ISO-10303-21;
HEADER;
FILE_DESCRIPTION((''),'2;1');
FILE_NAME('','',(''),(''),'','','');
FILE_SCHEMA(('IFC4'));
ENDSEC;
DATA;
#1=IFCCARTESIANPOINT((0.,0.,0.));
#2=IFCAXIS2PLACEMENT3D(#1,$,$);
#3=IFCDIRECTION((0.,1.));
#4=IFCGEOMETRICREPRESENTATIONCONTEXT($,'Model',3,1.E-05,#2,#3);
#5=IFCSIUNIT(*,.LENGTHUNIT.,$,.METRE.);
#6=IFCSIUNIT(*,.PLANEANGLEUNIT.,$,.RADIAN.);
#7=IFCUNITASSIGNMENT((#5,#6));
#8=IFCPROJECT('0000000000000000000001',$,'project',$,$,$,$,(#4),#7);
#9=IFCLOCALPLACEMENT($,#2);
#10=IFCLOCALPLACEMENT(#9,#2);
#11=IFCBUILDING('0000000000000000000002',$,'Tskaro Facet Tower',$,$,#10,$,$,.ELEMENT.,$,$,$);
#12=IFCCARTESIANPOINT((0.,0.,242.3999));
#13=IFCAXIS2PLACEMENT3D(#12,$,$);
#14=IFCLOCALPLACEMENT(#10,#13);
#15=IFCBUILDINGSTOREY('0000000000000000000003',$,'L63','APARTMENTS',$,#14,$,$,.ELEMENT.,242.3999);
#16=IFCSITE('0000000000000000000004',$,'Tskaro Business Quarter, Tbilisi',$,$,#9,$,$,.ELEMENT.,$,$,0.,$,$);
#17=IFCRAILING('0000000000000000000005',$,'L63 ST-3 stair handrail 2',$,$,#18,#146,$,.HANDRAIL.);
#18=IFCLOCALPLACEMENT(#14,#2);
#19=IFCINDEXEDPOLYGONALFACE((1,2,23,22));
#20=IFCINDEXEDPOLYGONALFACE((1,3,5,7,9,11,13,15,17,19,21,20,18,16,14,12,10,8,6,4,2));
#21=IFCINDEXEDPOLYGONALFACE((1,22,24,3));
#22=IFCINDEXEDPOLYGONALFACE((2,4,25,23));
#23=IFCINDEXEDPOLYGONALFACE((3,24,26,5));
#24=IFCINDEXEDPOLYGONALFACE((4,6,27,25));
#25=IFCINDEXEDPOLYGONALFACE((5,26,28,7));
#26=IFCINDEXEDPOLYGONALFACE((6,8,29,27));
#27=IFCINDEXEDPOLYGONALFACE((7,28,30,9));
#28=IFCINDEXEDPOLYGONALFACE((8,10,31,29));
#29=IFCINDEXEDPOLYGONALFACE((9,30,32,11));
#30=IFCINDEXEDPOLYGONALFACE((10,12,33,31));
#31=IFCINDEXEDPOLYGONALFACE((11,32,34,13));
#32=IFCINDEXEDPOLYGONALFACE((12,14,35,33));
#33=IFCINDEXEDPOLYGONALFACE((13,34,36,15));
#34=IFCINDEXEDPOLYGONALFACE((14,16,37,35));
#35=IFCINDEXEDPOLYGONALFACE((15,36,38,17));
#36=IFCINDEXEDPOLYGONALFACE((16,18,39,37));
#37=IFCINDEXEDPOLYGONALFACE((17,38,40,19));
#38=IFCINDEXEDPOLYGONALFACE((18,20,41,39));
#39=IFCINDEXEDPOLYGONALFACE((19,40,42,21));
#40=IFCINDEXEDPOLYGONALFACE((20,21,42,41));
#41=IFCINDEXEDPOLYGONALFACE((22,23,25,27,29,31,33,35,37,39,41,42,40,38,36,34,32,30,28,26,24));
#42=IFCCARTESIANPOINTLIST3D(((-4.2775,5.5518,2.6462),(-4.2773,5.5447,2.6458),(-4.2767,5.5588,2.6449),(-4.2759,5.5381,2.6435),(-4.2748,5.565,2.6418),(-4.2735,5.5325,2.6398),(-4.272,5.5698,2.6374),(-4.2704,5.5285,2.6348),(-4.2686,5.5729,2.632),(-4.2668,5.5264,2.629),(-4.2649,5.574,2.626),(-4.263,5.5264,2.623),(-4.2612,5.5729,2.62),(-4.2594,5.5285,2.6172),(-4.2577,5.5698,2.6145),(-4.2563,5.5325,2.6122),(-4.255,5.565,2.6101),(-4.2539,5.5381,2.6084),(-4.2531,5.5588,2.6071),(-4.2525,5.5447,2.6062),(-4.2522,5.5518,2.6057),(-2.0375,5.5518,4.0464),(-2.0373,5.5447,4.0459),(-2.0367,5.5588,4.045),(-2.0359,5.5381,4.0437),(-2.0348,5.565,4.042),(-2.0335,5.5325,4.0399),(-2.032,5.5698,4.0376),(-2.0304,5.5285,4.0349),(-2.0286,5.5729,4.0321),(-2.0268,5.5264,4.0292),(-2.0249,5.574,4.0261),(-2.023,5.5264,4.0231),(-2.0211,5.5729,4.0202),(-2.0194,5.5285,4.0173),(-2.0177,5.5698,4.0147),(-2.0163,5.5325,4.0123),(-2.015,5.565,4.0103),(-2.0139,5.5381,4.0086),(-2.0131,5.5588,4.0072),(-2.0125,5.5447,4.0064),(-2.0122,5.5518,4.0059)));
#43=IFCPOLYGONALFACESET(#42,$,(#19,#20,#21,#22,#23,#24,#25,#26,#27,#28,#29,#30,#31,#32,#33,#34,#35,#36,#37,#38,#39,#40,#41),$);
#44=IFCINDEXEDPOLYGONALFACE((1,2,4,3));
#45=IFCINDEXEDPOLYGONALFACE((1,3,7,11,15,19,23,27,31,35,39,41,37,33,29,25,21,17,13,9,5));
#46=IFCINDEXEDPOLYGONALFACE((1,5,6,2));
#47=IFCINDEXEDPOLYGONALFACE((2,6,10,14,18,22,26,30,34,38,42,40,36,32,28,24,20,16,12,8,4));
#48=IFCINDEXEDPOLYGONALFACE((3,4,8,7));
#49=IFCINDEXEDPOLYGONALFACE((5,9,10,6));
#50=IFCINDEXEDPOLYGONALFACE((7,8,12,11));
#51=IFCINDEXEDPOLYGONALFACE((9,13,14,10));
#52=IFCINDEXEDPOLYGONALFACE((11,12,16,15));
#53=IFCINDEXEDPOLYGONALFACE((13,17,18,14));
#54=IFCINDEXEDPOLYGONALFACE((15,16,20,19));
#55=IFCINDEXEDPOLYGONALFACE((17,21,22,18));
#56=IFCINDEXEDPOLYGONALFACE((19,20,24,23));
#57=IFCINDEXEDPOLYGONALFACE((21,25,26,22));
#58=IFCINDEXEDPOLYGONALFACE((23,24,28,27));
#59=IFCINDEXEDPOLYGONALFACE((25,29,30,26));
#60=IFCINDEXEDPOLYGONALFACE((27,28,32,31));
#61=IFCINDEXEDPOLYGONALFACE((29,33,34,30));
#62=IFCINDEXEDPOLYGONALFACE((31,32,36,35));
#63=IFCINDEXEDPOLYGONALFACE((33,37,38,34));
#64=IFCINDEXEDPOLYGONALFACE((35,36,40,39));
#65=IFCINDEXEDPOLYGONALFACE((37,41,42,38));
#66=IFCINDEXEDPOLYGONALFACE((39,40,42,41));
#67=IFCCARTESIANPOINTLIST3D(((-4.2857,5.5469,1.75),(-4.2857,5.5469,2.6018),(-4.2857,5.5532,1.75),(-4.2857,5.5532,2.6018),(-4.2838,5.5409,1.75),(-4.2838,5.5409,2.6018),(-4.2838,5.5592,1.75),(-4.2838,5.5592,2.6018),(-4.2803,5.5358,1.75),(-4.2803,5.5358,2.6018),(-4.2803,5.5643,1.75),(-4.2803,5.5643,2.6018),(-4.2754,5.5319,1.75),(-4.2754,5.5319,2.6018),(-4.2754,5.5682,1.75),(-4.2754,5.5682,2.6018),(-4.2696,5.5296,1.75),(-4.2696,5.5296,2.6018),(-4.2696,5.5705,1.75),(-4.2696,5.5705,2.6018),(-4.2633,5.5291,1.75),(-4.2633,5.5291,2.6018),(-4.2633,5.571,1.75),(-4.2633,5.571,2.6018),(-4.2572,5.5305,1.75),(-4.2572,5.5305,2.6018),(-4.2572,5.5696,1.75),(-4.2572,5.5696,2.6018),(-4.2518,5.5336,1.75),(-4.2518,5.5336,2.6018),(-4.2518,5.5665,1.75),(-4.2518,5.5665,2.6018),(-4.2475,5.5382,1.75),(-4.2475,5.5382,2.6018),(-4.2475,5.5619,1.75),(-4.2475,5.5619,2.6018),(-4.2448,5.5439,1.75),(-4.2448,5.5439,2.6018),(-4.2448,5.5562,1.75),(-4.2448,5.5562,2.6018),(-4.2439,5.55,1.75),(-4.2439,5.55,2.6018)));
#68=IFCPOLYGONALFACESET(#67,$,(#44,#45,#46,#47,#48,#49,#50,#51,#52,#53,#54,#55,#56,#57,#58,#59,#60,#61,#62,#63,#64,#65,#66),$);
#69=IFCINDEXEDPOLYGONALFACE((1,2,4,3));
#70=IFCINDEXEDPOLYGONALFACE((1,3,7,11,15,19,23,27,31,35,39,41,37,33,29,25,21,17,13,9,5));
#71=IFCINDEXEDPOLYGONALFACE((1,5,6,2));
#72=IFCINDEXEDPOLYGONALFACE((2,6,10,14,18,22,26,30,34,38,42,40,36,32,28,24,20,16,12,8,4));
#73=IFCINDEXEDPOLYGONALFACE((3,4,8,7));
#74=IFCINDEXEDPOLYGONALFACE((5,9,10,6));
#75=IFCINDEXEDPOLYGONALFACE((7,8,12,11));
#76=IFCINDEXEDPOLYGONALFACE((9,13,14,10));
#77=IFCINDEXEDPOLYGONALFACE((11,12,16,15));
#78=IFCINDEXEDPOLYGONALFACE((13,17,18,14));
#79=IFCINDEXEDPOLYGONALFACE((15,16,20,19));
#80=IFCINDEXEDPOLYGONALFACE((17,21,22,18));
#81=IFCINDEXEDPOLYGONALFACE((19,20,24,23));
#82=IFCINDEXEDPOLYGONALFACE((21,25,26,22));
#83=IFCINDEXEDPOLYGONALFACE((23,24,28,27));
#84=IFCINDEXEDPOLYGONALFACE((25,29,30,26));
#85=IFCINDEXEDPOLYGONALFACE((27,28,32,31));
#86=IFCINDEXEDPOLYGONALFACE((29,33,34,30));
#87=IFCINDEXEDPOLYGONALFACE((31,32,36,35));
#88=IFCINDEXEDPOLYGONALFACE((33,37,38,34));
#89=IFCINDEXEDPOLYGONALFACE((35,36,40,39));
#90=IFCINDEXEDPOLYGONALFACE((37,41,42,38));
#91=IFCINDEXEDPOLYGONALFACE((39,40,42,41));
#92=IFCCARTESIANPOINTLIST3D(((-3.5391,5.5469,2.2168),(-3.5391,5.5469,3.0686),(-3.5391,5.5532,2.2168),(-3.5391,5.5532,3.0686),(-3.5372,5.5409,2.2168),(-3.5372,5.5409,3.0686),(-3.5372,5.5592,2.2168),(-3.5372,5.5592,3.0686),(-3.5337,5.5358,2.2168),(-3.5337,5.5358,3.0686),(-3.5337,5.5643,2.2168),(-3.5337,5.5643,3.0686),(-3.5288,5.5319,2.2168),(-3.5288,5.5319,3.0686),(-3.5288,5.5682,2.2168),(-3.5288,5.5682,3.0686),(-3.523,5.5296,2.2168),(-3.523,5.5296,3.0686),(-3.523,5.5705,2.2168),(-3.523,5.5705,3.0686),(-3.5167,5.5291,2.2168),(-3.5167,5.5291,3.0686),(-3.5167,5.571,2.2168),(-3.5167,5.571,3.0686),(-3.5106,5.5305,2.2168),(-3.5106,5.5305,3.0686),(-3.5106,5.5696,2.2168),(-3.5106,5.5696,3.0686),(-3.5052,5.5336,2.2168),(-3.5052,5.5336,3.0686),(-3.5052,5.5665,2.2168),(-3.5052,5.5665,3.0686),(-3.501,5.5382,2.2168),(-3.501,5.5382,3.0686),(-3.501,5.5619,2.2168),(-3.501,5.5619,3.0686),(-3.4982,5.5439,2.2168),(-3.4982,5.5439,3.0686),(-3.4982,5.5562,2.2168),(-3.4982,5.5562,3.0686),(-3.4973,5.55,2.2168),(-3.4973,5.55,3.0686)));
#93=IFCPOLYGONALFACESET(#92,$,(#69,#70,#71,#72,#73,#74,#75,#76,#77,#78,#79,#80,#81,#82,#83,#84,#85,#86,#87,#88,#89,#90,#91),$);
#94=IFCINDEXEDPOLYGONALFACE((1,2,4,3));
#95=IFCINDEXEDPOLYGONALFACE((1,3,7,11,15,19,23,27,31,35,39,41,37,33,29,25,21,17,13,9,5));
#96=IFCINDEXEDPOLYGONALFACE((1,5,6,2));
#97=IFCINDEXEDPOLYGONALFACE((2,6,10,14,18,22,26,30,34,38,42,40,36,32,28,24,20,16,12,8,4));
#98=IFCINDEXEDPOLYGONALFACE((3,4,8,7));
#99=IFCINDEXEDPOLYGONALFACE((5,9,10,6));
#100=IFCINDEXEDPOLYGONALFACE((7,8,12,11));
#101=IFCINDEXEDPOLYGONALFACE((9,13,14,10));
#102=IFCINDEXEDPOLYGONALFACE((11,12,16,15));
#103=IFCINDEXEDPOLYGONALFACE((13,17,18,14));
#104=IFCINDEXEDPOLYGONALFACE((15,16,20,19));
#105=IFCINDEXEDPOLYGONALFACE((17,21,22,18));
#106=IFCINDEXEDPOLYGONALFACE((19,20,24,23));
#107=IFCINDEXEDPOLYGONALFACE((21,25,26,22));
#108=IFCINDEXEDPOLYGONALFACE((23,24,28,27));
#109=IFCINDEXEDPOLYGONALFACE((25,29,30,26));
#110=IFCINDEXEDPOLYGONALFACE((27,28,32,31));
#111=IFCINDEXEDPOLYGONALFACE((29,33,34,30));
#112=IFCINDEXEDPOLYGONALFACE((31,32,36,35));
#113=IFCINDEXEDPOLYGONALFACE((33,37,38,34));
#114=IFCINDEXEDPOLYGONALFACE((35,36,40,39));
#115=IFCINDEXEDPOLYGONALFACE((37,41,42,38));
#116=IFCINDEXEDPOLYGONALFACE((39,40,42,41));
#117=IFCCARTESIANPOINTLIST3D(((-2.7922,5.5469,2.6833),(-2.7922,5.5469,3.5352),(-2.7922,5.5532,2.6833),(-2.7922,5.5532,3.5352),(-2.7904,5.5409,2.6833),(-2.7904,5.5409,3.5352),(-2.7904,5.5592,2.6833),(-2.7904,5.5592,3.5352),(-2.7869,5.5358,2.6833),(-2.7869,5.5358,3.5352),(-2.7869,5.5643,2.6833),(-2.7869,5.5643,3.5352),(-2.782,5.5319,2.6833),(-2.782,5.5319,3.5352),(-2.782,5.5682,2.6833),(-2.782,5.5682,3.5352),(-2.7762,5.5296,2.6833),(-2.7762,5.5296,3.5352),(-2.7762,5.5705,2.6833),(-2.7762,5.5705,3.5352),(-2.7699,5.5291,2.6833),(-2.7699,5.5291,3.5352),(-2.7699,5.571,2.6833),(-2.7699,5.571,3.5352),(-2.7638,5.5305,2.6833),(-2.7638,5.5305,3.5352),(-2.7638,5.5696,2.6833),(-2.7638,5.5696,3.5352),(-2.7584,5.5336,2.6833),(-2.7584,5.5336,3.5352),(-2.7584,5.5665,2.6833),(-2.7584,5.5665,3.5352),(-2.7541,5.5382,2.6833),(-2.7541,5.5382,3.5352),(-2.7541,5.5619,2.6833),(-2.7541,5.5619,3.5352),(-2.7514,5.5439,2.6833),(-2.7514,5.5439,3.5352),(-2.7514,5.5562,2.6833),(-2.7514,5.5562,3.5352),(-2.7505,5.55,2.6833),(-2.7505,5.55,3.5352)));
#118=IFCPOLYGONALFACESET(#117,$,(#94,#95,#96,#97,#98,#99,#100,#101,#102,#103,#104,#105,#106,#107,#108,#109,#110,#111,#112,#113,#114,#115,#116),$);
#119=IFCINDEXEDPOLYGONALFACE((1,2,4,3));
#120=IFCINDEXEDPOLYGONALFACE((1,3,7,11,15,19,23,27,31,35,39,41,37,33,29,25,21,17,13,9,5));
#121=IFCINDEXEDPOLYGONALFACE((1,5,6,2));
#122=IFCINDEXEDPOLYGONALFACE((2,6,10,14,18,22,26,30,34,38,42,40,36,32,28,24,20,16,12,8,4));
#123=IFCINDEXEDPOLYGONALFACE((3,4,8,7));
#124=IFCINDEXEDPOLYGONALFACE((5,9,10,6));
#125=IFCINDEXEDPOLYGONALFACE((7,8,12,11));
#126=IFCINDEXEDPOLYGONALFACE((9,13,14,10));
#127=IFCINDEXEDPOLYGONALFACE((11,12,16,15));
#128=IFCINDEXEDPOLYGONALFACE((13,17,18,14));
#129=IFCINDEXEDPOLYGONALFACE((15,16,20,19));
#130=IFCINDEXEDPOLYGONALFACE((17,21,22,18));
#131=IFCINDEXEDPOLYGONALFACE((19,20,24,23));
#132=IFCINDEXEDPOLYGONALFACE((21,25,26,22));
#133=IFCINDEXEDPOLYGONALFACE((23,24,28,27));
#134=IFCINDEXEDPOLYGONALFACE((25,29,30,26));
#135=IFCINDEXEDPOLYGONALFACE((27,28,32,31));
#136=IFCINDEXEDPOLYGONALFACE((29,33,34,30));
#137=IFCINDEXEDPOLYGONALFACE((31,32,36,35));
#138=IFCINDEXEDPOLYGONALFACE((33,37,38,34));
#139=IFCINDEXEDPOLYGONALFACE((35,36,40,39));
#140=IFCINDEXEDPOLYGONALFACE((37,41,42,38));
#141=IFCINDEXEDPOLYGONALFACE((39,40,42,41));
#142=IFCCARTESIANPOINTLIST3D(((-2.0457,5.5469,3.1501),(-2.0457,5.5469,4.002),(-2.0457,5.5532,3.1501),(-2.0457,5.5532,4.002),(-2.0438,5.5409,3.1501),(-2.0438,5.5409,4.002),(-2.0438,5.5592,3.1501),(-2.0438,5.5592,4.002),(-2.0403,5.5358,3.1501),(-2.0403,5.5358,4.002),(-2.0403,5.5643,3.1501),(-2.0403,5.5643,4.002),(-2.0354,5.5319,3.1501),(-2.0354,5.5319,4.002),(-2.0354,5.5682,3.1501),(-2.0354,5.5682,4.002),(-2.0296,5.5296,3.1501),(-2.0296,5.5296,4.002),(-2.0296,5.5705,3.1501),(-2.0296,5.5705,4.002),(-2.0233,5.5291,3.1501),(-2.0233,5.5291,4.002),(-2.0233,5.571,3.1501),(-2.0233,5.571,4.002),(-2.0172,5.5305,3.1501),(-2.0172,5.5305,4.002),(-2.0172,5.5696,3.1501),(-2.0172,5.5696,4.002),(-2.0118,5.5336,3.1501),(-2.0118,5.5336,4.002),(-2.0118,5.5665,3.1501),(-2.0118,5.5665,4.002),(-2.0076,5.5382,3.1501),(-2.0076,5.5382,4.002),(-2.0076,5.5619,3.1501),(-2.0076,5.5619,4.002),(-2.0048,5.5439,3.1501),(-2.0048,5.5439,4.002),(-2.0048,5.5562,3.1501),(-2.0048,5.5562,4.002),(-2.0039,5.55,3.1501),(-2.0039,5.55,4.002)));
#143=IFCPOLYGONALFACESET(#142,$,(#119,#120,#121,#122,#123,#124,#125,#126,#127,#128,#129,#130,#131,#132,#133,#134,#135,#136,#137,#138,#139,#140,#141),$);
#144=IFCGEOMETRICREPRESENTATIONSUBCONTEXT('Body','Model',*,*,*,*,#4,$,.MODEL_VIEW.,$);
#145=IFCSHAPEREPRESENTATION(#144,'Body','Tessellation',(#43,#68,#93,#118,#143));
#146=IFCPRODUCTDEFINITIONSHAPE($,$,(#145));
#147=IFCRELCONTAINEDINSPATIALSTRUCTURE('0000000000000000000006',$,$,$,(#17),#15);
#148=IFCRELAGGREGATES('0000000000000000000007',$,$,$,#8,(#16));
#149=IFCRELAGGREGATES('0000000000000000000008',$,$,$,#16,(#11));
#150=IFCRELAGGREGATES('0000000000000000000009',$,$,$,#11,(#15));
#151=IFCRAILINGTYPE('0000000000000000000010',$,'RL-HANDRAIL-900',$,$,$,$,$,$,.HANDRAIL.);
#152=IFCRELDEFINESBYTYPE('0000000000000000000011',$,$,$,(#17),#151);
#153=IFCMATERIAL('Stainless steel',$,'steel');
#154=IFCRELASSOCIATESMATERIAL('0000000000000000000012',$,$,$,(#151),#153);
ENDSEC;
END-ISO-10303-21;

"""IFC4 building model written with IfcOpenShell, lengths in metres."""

from ifc_helpers import new_model, si_unit, direction, frame, origin, origin_2d, place, context, subcontext, project, spatial, circle, extrude, material, type_object, element, save


model = new_model("IFC4")

# Units and contexts
model_context = context("Model", 3, precision=1e-05, world=origin(), true_north=direction((0.0, 1.0)))
body_context = subcontext(model_context, "Body", "Model", "MODEL_VIEW")
ifc_project = project(units=[si_unit("LENGTHUNIT", "METRE"), si_unit("PLANEANGLEUNIT", "RADIAN")], contexts=[model_context])

# Site, building, storey
site_placement = place(None, origin())
site = spatial("IfcSite", under=ifc_project, at=site_placement, Name="Tskaro Business Quarter, Tbilisi", CompositionType="ELEMENT", RefElevation=0.0)
building_placement = place(site_placement, origin())
building = spatial("IfcBuilding", under=site, at=building_placement, Name="Tskaro Facet Tower", CompositionType="ELEMENT")
storey_placement = place(building_placement, frame((0.0, 0.0, 242.3999)))
storey = spatial("IfcBuildingStorey", under=building, at=storey_placement, Name="L63", Description="APARTMENTS", CompositionType="ELEMENT", Elevation=242.3999)

# Railing
ifc_material_1 = material(Name="Stainless steel", Category="steel")
railing_type_1 = type_object("IfcRailingType", Name="RL-HANDRAIL-900", PredefinedType="HANDRAIL", material=ifc_material_1)
railing_1_placement = place(storey_placement, frame((-4.2649, 5.55, 1.75)))
element("IfcRailing", 1, at=railing_1_placement, inside=storey, type_object=railing_type_1, Name="L63 ST-3 stair handrail 2", PredefinedType="HANDRAIL", context=body_context, shape_type="SweptSolid", body=[
    extrude(circle(Radius=0.0239, at=origin_2d()), frame((0.0, 0.0, 0.876), z_axis=(0.847972, 0.0, 0.53004), x_axis=(0.0, 1.0, 0.0)), (0.0, 0.0, 1.0), 2.6416),
    extrude(circle(Radius=0.021, at=origin_2d()), origin(), (0.0, 0.0, 1.0), 0.8518),
    extrude(circle(Radius=0.021, at=origin_2d()), frame((0.7466, 0.0, 0.4668)), (0.0, 0.0, 1.0), 0.8518),
    extrude(circle(Radius=0.021, at=origin_2d()), frame((1.4934, 0.0, 0.9333)), (0.0, 0.0, 1.0), 0.8518),
    extrude(circle(Radius=0.021, at=origin_2d()), frame((2.24, 0.0, 1.4001)), (0.0, 0.0, 1.0), 0.8518),
])

save(model, "model.ifc")
